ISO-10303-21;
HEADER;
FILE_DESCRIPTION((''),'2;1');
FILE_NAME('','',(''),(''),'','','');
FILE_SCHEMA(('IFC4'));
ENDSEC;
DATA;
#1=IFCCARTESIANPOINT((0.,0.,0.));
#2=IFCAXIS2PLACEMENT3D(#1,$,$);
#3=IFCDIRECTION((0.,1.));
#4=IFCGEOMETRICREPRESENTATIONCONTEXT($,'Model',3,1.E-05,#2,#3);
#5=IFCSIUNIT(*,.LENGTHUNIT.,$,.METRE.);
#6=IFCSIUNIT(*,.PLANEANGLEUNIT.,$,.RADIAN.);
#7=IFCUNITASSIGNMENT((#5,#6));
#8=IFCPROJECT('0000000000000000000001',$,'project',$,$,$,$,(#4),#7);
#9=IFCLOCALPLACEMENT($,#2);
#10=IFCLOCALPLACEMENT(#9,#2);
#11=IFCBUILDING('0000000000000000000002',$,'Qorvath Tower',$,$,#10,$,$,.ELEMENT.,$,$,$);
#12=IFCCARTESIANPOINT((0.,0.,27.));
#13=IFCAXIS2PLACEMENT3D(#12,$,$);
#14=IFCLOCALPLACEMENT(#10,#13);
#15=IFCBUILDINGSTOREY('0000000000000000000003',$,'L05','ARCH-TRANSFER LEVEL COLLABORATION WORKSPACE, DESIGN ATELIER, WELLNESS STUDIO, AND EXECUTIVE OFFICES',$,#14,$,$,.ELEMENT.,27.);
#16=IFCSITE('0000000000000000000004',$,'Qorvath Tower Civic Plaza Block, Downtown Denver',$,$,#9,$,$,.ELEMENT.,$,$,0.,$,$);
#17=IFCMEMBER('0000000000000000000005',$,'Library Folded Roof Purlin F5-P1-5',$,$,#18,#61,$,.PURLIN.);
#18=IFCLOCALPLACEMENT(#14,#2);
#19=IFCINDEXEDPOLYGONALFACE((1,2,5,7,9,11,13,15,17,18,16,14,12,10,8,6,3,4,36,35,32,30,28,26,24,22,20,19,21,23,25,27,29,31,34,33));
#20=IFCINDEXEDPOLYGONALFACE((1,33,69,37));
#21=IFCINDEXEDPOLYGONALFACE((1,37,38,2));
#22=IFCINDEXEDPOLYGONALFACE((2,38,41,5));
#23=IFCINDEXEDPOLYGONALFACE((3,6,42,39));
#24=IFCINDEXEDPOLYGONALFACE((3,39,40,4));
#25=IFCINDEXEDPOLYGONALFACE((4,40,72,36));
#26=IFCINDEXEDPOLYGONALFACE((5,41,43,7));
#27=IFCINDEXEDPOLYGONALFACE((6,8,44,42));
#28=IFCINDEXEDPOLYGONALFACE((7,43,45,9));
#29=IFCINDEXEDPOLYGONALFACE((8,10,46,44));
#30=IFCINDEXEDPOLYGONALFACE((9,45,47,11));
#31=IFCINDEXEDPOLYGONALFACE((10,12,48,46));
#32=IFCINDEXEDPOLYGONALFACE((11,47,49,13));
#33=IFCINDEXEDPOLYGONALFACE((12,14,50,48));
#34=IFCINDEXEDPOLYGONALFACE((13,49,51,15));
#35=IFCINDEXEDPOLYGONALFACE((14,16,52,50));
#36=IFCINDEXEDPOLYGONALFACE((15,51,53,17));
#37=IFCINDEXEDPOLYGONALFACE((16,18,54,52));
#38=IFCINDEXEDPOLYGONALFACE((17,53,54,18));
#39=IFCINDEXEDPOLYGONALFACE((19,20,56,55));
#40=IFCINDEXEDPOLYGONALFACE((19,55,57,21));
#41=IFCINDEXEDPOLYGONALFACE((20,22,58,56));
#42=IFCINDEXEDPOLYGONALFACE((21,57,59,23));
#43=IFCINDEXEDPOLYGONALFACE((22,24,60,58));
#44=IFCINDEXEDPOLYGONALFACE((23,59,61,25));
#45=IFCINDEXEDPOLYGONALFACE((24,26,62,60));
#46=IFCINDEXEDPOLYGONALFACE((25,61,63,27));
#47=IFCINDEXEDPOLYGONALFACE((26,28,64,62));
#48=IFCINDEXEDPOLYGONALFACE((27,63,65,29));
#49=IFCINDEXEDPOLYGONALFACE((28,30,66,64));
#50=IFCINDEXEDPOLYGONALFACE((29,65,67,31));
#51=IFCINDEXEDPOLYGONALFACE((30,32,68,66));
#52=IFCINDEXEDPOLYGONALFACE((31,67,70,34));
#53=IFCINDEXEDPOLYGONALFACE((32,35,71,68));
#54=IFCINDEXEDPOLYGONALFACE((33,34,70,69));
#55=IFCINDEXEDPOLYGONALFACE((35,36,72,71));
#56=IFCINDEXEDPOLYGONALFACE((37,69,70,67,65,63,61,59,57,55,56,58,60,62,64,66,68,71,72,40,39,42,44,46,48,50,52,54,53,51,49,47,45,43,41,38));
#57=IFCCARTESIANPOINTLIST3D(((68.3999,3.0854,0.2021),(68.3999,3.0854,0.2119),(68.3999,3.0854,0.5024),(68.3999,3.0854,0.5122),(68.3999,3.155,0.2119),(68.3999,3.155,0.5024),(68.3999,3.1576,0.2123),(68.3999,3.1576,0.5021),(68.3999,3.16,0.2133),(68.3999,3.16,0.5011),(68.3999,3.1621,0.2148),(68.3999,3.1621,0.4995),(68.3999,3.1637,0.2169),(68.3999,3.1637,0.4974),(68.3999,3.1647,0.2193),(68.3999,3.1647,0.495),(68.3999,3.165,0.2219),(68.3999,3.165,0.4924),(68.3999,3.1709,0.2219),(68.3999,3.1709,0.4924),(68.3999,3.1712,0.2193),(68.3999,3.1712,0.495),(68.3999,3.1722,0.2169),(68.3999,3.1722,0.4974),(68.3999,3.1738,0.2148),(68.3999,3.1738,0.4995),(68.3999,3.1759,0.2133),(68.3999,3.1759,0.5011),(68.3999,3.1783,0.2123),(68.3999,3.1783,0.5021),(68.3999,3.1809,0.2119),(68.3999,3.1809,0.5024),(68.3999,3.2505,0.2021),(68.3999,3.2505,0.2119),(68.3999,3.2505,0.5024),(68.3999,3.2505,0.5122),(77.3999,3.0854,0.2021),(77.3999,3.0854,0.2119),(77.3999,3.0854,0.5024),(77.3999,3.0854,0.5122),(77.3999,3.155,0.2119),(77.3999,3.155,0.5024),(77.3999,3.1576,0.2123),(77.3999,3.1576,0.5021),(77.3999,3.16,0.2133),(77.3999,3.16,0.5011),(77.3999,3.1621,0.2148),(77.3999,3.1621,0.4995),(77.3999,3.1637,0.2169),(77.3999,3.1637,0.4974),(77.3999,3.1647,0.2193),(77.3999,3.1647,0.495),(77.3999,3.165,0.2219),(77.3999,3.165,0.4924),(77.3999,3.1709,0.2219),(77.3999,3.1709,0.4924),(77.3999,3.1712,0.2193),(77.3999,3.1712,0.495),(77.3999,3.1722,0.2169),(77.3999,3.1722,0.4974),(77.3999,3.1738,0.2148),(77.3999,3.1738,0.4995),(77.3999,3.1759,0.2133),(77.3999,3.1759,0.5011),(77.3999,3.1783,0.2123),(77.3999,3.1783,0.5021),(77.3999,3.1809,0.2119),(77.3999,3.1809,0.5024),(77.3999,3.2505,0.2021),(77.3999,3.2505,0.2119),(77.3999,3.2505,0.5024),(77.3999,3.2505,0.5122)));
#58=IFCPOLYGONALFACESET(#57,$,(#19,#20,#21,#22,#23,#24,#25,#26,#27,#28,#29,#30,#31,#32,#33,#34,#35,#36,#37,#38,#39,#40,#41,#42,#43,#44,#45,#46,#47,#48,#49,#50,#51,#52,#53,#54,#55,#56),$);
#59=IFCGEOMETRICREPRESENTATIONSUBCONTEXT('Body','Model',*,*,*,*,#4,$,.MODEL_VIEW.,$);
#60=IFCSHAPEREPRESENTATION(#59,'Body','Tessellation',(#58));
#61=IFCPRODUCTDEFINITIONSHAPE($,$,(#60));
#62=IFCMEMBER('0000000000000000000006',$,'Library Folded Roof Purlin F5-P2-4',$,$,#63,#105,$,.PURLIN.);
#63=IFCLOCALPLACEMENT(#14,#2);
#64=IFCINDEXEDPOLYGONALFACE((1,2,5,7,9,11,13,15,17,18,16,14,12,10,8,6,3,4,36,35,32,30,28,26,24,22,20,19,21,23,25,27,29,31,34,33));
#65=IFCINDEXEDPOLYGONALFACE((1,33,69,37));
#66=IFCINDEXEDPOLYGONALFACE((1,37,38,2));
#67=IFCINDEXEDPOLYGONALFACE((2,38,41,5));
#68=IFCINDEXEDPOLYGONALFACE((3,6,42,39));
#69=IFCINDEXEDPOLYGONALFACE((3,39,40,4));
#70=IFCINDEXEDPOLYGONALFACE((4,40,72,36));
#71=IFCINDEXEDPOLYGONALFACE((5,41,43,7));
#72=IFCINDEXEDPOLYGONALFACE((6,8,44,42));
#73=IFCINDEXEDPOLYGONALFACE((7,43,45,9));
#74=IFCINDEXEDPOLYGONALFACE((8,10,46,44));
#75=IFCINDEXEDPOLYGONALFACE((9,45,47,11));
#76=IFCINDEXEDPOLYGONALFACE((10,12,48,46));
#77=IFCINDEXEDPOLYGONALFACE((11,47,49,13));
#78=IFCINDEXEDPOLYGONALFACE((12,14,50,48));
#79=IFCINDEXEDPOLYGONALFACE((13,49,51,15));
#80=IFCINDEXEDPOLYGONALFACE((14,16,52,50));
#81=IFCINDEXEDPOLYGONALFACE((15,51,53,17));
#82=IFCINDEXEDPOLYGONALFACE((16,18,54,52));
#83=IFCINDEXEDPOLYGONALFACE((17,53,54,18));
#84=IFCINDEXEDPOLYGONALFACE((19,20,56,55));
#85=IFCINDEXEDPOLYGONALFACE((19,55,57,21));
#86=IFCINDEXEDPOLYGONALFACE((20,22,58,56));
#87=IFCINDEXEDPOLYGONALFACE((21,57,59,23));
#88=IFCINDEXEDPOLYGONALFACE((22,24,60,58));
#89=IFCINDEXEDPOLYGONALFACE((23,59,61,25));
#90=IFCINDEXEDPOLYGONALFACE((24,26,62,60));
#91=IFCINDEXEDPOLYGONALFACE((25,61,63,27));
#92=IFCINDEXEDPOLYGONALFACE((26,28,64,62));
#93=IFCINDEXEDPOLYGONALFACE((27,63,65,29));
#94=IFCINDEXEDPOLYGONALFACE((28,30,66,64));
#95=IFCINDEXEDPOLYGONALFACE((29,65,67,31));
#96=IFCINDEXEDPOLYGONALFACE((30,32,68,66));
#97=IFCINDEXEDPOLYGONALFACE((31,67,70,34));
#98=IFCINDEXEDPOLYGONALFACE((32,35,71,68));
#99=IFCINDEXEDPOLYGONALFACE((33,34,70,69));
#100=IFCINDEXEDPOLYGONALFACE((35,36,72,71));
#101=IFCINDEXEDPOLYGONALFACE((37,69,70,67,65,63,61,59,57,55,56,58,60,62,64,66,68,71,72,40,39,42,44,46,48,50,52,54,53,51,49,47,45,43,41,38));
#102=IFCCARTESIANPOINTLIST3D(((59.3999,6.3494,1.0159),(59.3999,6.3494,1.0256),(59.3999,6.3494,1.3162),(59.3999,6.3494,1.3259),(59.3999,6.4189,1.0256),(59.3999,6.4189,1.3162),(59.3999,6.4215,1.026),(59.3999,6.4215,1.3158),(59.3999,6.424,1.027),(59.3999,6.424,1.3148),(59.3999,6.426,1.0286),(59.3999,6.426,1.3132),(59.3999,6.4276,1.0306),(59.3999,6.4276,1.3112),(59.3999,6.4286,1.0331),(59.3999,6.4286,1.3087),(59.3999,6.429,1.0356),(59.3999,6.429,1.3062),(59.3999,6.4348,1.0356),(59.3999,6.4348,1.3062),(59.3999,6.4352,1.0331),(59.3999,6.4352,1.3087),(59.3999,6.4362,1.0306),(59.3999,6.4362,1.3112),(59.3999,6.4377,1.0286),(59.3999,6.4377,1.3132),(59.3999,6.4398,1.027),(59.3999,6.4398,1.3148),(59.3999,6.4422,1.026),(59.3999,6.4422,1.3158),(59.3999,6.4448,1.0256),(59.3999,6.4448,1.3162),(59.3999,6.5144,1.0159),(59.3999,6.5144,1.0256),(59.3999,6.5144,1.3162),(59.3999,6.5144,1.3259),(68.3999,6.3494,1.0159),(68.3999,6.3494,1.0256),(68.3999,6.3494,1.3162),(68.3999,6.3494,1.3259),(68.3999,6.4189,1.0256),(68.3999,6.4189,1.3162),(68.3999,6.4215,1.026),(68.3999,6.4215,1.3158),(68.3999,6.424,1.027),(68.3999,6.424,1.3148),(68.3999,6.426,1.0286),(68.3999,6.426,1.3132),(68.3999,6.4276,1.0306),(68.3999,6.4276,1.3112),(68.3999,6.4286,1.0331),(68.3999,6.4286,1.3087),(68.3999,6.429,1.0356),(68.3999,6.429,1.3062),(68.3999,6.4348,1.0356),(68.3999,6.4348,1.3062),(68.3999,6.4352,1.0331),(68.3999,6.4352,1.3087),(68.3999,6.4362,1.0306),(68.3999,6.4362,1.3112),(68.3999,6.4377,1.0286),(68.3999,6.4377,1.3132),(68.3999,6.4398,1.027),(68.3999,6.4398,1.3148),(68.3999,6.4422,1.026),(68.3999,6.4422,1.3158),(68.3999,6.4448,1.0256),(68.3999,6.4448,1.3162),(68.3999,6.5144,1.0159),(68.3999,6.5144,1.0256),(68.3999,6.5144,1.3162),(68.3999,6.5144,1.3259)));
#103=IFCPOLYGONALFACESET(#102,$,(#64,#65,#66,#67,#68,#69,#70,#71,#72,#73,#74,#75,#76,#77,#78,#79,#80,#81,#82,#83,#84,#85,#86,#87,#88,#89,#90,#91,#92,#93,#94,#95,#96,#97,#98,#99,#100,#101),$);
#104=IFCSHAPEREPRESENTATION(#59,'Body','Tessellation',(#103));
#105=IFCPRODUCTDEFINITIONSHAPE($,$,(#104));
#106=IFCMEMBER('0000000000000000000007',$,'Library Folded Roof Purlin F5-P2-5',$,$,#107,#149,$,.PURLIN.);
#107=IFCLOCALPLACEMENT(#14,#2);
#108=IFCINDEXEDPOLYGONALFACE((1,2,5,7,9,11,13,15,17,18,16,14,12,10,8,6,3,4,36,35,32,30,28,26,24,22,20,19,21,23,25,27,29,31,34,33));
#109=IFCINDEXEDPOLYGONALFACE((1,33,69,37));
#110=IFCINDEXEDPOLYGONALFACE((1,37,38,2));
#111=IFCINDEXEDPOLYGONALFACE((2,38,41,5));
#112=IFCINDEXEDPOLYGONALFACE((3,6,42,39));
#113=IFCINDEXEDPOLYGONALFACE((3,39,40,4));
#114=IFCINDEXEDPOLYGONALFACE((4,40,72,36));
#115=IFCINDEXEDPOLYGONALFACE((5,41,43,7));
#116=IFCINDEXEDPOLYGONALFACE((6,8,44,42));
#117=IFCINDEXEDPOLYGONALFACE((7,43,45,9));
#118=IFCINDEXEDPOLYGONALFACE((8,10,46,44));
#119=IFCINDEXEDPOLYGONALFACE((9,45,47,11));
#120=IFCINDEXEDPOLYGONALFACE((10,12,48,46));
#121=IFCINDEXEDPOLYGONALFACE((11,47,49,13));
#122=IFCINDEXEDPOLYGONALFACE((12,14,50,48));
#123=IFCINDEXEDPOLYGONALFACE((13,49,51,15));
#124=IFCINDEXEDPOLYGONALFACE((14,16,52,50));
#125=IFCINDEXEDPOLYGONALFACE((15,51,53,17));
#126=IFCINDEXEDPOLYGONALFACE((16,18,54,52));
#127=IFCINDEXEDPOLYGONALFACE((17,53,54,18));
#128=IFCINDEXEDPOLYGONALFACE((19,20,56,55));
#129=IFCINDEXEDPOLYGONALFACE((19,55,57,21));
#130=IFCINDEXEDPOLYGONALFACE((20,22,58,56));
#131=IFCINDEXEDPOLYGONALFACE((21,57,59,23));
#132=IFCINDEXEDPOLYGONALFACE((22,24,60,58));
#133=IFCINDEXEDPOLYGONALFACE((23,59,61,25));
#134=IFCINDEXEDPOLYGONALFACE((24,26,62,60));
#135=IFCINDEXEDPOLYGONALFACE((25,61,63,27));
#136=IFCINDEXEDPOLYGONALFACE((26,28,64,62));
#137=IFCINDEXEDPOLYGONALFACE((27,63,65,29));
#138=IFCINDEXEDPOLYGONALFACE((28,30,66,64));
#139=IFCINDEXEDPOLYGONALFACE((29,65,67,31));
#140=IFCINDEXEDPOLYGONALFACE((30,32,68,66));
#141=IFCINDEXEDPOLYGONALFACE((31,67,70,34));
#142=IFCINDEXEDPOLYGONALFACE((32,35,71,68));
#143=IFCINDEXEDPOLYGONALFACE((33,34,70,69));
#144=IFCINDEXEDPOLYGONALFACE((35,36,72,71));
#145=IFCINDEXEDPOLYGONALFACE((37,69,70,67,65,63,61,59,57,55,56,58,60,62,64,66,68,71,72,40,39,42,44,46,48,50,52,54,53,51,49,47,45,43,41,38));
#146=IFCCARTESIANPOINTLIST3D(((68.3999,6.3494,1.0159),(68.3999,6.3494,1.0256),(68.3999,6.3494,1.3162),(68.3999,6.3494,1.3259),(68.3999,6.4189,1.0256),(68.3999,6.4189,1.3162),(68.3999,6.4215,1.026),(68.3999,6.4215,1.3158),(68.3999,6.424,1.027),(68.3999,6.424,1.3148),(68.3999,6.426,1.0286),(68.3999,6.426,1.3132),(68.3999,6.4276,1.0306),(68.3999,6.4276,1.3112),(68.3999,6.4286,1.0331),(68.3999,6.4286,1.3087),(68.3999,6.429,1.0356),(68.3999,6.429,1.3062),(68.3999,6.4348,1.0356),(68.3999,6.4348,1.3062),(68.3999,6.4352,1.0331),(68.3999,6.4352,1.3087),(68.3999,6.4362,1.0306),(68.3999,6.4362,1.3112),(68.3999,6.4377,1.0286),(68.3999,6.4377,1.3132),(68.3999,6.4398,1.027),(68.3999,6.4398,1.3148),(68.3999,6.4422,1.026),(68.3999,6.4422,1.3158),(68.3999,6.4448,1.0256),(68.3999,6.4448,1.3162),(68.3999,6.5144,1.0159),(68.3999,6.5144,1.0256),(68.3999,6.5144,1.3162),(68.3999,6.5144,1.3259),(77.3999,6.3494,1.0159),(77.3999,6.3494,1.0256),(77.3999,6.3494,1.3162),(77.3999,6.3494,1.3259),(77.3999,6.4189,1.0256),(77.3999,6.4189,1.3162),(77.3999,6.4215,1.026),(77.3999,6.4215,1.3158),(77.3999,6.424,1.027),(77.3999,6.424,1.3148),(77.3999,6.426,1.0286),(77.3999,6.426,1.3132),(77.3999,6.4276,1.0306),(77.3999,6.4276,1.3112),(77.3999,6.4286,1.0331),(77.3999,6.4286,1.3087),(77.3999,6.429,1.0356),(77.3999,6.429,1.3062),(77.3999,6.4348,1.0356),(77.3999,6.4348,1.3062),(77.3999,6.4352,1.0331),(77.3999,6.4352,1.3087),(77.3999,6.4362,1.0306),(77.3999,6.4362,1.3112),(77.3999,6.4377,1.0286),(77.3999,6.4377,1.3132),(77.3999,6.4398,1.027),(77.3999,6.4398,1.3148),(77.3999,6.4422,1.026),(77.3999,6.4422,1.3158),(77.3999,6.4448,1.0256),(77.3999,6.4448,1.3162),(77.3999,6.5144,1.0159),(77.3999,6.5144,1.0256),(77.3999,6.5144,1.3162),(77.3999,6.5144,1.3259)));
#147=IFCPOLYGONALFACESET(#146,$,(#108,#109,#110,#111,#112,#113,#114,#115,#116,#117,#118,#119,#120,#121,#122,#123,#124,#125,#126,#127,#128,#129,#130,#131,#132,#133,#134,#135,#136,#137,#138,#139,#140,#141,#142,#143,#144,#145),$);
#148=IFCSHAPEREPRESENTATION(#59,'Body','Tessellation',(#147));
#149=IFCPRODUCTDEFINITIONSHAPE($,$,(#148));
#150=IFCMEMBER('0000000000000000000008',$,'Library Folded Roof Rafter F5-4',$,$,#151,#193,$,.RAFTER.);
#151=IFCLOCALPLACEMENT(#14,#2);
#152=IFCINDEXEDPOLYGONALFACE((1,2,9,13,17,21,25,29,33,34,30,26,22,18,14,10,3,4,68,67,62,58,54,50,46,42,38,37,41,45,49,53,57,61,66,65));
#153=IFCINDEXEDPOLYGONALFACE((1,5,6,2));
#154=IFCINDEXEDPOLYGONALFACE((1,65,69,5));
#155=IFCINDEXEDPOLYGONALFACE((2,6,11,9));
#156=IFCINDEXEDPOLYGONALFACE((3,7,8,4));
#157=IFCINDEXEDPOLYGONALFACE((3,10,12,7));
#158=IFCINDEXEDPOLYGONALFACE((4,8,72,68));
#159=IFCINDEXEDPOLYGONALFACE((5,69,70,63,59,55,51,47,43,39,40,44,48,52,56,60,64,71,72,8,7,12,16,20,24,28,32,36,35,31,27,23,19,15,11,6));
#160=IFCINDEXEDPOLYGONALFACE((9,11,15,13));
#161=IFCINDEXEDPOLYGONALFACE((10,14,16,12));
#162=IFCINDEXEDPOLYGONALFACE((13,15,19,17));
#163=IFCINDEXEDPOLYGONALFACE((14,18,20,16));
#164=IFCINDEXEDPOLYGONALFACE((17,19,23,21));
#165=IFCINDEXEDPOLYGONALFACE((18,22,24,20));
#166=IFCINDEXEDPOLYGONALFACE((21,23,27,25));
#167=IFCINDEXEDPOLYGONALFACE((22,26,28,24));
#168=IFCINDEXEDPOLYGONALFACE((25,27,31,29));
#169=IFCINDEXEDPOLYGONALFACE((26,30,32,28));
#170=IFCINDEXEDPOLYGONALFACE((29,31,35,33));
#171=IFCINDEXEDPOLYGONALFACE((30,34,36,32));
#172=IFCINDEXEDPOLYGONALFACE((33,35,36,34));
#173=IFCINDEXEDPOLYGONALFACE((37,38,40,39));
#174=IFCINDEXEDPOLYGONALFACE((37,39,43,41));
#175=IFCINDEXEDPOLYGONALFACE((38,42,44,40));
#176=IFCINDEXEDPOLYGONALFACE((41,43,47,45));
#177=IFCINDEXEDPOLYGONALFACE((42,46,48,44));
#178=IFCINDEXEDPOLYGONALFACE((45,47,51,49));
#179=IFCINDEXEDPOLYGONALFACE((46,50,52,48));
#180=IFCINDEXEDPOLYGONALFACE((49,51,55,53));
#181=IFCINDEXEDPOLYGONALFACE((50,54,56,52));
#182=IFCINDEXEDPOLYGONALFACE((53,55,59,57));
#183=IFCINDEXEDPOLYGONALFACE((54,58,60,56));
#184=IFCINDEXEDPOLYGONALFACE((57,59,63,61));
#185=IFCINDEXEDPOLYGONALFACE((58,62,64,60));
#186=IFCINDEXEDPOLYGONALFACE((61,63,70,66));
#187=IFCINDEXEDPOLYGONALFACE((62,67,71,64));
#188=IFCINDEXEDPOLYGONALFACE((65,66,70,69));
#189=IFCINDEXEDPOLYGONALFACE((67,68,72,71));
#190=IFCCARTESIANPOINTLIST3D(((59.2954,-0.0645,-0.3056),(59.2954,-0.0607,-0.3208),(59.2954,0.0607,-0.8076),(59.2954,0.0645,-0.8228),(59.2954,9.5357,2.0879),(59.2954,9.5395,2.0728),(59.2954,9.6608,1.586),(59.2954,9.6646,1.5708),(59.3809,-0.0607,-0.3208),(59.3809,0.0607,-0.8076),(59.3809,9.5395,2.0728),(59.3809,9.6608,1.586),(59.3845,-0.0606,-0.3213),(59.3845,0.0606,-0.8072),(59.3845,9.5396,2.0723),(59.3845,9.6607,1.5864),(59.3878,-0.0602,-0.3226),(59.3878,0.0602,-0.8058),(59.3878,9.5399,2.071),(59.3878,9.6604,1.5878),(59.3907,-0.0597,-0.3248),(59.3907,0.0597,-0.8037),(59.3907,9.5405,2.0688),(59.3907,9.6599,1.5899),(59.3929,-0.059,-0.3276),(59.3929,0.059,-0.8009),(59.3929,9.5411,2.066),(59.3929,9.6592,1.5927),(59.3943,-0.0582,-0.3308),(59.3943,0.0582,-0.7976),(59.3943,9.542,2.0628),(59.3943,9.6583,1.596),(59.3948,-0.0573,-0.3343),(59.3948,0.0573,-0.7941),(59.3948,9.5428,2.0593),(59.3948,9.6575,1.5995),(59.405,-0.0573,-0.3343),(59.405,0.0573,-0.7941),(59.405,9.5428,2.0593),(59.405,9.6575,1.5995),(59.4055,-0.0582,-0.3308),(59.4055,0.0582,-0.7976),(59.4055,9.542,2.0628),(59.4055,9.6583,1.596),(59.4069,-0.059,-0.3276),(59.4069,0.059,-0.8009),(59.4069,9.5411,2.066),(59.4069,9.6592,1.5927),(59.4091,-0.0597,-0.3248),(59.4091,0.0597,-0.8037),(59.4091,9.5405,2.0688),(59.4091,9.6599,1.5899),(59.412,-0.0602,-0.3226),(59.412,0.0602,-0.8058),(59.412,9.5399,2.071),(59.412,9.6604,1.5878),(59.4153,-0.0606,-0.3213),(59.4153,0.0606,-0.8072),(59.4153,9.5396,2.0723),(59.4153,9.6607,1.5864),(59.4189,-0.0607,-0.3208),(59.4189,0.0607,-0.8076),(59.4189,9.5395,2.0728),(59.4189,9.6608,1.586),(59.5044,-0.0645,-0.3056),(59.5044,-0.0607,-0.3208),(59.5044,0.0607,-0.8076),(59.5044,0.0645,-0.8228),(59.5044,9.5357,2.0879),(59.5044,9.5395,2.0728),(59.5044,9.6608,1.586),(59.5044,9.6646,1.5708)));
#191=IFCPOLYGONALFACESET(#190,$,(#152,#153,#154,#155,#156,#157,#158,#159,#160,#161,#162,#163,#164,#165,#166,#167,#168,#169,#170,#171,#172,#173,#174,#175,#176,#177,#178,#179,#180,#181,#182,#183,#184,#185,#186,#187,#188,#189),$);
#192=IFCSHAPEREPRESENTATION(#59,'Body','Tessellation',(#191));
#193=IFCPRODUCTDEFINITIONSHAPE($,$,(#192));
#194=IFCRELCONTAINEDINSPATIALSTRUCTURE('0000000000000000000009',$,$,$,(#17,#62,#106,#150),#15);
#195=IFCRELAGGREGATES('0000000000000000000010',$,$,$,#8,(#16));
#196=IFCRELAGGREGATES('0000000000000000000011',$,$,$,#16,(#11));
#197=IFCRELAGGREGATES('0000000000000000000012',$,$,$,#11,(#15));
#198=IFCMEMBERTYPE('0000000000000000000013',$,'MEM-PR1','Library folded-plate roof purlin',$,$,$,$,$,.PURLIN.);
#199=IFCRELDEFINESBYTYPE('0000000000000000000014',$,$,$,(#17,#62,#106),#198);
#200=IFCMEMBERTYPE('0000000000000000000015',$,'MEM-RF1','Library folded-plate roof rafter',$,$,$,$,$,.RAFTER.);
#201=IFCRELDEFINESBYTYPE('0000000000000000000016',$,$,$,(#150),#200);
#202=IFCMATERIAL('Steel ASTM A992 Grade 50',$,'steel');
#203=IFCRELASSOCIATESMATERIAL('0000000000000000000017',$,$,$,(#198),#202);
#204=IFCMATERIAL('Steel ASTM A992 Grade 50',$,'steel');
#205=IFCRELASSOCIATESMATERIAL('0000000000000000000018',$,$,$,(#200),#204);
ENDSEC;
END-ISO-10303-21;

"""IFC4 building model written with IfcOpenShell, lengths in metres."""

from ifc_helpers import new_model, si_unit, direction, frame, origin, origin_2d, place, context, subcontext, project, spatial, i_section, extrude, material, material_profile, profile_set, type_object, element, save


model = new_model("IFC4")

# Units and contexts
model_context = context("Model", 3, precision=1e-05, world=origin(), true_north=direction((0.0, 1.0)))
body_context = subcontext(model_context, "Body", "Model", "MODEL_VIEW")
ifc_project = project(units=[si_unit("LENGTHUNIT", "METRE"), si_unit("PLANEANGLEUNIT", "RADIAN")], contexts=[model_context])

# Site, building, storey
site_placement = place(None, origin())
site = spatial("IfcSite", under=ifc_project, at=site_placement, Name="Qorvath Tower Civic Plaza Block, Downtown Denver", CompositionType="ELEMENT", RefElevation=0.0)
building_placement = place(site_placement, origin())
building = spatial("IfcBuilding", under=site, at=building_placement, Name="Qorvath Tower", CompositionType="ELEMENT")
storey_placement = place(building_placement, frame((0.0, 0.0, 27.0)))
storey = spatial("IfcBuildingStorey", under=building, at=storey_placement, Name="L05", Description="ARCH-TRANSFER LEVEL COLLABORATION WORKSPACE, DESIGN ATELIER, WELLNESS STUDIO, AND EXECUTIVE OFFICES", CompositionType="ELEMENT", Elevation=27.0)

# Members
ifc_material_1 = material(Name="Steel ASTM A992 Grade 50", Category="steel")
ifc_material_profile_1 = material_profile(ifc_material_1, i_section(OverallWidth=0.165, OverallDepth=0.3101, WebThickness=0.0059, FlangeThickness=0.0098, FilletRadius=0.01, at=origin_2d()), Name="W12x26")
ifc_profile_set_1 = profile_set([ifc_material_profile_1], Name="Steel ASTM A992 Grade 50")
member_type_1 = type_object("IfcMemberType", Name="MEM-PR1", Description="Library folded-plate roof purlin", PredefinedType="PURLIN", material=ifc_profile_set_1)
for number, where, z_axis, x_axis, name in (
    (1, (68.3999, 3.168, 0.3572), (1.0, 0.0, 0.0), (0.0, 1.0, 0.0), "Library Folded Roof Purlin F5-P1-5"),
    (2, (59.3999, 6.4319, 1.1709), (1.0, 0.0, 0.0), (0.0, 1.0, 0.0), "Library Folded Roof Purlin F5-P2-4"),
    (3, (68.3999, 6.4319, 1.1709), (1.0, 0.0, 0.0), (0.0, 1.0, 0.0), "Library Folded Roof Purlin F5-P2-5"),
):
    element("IfcMember", number, at=place(storey_placement, frame(where, z_axis=z_axis, x_axis=x_axis)), inside=storey, type_object=member_type_1, Name=name, PredefinedType="PURLIN", context=body_context, shape_type="SweptSolid", body=[
        extrude(i_section(OverallWidth=0.165, OverallDepth=0.3101, WebThickness=0.0059, FlangeThickness=0.0098, FilletRadius=0.01, at=origin_2d()), origin(), (0.0, 0.0, 1.0), 9.0),
    ])
ifc_material_2 = material(Name="Steel ASTM A992 Grade 50", Category="steel")
ifc_material_profile_2 = material_profile(ifc_material_2, i_section(OverallWidth=0.209, OverallDepth=0.533, WebThickness=0.0103, FlangeThickness=0.0156, FilletRadius=0.0139, at=origin_2d()), Name="W21x62")
ifc_profile_set_2 = profile_set([ifc_material_profile_2], Name="Steel ASTM A992 Grade 50")
member_type_2 = type_object("IfcMemberType", Name="MEM-RF1", Description="Library folded-plate roof rafter", PredefinedType="RAFTER", material=ifc_profile_set_2)
for number, where, z_axis, x_axis, name in (
    (4, (59.3999, 0.0, -0.5642), (0.0, 0.970296, 0.24192), (-1.0, 0.0, 0.0), "Library Folded Roof Rafter F5-4"),
):
    element("IfcMember", number, at=place(storey_placement, frame(where, z_axis=z_axis, x_axis=x_axis)), inside=storey, type_object=member_type_2, Name=name, PredefinedType="RAFTER", context=body_context, shape_type="SweptSolid", body=[
        extrude(i_section(OverallWidth=0.209, OverallDepth=0.533, WebThickness=0.0103, FlangeThickness=0.0156, FilletRadius=0.0139, at=origin_2d()), origin(), (0.0, 0.0, 1.0), 9.894),
    ])

save(model, "model.ifc")
